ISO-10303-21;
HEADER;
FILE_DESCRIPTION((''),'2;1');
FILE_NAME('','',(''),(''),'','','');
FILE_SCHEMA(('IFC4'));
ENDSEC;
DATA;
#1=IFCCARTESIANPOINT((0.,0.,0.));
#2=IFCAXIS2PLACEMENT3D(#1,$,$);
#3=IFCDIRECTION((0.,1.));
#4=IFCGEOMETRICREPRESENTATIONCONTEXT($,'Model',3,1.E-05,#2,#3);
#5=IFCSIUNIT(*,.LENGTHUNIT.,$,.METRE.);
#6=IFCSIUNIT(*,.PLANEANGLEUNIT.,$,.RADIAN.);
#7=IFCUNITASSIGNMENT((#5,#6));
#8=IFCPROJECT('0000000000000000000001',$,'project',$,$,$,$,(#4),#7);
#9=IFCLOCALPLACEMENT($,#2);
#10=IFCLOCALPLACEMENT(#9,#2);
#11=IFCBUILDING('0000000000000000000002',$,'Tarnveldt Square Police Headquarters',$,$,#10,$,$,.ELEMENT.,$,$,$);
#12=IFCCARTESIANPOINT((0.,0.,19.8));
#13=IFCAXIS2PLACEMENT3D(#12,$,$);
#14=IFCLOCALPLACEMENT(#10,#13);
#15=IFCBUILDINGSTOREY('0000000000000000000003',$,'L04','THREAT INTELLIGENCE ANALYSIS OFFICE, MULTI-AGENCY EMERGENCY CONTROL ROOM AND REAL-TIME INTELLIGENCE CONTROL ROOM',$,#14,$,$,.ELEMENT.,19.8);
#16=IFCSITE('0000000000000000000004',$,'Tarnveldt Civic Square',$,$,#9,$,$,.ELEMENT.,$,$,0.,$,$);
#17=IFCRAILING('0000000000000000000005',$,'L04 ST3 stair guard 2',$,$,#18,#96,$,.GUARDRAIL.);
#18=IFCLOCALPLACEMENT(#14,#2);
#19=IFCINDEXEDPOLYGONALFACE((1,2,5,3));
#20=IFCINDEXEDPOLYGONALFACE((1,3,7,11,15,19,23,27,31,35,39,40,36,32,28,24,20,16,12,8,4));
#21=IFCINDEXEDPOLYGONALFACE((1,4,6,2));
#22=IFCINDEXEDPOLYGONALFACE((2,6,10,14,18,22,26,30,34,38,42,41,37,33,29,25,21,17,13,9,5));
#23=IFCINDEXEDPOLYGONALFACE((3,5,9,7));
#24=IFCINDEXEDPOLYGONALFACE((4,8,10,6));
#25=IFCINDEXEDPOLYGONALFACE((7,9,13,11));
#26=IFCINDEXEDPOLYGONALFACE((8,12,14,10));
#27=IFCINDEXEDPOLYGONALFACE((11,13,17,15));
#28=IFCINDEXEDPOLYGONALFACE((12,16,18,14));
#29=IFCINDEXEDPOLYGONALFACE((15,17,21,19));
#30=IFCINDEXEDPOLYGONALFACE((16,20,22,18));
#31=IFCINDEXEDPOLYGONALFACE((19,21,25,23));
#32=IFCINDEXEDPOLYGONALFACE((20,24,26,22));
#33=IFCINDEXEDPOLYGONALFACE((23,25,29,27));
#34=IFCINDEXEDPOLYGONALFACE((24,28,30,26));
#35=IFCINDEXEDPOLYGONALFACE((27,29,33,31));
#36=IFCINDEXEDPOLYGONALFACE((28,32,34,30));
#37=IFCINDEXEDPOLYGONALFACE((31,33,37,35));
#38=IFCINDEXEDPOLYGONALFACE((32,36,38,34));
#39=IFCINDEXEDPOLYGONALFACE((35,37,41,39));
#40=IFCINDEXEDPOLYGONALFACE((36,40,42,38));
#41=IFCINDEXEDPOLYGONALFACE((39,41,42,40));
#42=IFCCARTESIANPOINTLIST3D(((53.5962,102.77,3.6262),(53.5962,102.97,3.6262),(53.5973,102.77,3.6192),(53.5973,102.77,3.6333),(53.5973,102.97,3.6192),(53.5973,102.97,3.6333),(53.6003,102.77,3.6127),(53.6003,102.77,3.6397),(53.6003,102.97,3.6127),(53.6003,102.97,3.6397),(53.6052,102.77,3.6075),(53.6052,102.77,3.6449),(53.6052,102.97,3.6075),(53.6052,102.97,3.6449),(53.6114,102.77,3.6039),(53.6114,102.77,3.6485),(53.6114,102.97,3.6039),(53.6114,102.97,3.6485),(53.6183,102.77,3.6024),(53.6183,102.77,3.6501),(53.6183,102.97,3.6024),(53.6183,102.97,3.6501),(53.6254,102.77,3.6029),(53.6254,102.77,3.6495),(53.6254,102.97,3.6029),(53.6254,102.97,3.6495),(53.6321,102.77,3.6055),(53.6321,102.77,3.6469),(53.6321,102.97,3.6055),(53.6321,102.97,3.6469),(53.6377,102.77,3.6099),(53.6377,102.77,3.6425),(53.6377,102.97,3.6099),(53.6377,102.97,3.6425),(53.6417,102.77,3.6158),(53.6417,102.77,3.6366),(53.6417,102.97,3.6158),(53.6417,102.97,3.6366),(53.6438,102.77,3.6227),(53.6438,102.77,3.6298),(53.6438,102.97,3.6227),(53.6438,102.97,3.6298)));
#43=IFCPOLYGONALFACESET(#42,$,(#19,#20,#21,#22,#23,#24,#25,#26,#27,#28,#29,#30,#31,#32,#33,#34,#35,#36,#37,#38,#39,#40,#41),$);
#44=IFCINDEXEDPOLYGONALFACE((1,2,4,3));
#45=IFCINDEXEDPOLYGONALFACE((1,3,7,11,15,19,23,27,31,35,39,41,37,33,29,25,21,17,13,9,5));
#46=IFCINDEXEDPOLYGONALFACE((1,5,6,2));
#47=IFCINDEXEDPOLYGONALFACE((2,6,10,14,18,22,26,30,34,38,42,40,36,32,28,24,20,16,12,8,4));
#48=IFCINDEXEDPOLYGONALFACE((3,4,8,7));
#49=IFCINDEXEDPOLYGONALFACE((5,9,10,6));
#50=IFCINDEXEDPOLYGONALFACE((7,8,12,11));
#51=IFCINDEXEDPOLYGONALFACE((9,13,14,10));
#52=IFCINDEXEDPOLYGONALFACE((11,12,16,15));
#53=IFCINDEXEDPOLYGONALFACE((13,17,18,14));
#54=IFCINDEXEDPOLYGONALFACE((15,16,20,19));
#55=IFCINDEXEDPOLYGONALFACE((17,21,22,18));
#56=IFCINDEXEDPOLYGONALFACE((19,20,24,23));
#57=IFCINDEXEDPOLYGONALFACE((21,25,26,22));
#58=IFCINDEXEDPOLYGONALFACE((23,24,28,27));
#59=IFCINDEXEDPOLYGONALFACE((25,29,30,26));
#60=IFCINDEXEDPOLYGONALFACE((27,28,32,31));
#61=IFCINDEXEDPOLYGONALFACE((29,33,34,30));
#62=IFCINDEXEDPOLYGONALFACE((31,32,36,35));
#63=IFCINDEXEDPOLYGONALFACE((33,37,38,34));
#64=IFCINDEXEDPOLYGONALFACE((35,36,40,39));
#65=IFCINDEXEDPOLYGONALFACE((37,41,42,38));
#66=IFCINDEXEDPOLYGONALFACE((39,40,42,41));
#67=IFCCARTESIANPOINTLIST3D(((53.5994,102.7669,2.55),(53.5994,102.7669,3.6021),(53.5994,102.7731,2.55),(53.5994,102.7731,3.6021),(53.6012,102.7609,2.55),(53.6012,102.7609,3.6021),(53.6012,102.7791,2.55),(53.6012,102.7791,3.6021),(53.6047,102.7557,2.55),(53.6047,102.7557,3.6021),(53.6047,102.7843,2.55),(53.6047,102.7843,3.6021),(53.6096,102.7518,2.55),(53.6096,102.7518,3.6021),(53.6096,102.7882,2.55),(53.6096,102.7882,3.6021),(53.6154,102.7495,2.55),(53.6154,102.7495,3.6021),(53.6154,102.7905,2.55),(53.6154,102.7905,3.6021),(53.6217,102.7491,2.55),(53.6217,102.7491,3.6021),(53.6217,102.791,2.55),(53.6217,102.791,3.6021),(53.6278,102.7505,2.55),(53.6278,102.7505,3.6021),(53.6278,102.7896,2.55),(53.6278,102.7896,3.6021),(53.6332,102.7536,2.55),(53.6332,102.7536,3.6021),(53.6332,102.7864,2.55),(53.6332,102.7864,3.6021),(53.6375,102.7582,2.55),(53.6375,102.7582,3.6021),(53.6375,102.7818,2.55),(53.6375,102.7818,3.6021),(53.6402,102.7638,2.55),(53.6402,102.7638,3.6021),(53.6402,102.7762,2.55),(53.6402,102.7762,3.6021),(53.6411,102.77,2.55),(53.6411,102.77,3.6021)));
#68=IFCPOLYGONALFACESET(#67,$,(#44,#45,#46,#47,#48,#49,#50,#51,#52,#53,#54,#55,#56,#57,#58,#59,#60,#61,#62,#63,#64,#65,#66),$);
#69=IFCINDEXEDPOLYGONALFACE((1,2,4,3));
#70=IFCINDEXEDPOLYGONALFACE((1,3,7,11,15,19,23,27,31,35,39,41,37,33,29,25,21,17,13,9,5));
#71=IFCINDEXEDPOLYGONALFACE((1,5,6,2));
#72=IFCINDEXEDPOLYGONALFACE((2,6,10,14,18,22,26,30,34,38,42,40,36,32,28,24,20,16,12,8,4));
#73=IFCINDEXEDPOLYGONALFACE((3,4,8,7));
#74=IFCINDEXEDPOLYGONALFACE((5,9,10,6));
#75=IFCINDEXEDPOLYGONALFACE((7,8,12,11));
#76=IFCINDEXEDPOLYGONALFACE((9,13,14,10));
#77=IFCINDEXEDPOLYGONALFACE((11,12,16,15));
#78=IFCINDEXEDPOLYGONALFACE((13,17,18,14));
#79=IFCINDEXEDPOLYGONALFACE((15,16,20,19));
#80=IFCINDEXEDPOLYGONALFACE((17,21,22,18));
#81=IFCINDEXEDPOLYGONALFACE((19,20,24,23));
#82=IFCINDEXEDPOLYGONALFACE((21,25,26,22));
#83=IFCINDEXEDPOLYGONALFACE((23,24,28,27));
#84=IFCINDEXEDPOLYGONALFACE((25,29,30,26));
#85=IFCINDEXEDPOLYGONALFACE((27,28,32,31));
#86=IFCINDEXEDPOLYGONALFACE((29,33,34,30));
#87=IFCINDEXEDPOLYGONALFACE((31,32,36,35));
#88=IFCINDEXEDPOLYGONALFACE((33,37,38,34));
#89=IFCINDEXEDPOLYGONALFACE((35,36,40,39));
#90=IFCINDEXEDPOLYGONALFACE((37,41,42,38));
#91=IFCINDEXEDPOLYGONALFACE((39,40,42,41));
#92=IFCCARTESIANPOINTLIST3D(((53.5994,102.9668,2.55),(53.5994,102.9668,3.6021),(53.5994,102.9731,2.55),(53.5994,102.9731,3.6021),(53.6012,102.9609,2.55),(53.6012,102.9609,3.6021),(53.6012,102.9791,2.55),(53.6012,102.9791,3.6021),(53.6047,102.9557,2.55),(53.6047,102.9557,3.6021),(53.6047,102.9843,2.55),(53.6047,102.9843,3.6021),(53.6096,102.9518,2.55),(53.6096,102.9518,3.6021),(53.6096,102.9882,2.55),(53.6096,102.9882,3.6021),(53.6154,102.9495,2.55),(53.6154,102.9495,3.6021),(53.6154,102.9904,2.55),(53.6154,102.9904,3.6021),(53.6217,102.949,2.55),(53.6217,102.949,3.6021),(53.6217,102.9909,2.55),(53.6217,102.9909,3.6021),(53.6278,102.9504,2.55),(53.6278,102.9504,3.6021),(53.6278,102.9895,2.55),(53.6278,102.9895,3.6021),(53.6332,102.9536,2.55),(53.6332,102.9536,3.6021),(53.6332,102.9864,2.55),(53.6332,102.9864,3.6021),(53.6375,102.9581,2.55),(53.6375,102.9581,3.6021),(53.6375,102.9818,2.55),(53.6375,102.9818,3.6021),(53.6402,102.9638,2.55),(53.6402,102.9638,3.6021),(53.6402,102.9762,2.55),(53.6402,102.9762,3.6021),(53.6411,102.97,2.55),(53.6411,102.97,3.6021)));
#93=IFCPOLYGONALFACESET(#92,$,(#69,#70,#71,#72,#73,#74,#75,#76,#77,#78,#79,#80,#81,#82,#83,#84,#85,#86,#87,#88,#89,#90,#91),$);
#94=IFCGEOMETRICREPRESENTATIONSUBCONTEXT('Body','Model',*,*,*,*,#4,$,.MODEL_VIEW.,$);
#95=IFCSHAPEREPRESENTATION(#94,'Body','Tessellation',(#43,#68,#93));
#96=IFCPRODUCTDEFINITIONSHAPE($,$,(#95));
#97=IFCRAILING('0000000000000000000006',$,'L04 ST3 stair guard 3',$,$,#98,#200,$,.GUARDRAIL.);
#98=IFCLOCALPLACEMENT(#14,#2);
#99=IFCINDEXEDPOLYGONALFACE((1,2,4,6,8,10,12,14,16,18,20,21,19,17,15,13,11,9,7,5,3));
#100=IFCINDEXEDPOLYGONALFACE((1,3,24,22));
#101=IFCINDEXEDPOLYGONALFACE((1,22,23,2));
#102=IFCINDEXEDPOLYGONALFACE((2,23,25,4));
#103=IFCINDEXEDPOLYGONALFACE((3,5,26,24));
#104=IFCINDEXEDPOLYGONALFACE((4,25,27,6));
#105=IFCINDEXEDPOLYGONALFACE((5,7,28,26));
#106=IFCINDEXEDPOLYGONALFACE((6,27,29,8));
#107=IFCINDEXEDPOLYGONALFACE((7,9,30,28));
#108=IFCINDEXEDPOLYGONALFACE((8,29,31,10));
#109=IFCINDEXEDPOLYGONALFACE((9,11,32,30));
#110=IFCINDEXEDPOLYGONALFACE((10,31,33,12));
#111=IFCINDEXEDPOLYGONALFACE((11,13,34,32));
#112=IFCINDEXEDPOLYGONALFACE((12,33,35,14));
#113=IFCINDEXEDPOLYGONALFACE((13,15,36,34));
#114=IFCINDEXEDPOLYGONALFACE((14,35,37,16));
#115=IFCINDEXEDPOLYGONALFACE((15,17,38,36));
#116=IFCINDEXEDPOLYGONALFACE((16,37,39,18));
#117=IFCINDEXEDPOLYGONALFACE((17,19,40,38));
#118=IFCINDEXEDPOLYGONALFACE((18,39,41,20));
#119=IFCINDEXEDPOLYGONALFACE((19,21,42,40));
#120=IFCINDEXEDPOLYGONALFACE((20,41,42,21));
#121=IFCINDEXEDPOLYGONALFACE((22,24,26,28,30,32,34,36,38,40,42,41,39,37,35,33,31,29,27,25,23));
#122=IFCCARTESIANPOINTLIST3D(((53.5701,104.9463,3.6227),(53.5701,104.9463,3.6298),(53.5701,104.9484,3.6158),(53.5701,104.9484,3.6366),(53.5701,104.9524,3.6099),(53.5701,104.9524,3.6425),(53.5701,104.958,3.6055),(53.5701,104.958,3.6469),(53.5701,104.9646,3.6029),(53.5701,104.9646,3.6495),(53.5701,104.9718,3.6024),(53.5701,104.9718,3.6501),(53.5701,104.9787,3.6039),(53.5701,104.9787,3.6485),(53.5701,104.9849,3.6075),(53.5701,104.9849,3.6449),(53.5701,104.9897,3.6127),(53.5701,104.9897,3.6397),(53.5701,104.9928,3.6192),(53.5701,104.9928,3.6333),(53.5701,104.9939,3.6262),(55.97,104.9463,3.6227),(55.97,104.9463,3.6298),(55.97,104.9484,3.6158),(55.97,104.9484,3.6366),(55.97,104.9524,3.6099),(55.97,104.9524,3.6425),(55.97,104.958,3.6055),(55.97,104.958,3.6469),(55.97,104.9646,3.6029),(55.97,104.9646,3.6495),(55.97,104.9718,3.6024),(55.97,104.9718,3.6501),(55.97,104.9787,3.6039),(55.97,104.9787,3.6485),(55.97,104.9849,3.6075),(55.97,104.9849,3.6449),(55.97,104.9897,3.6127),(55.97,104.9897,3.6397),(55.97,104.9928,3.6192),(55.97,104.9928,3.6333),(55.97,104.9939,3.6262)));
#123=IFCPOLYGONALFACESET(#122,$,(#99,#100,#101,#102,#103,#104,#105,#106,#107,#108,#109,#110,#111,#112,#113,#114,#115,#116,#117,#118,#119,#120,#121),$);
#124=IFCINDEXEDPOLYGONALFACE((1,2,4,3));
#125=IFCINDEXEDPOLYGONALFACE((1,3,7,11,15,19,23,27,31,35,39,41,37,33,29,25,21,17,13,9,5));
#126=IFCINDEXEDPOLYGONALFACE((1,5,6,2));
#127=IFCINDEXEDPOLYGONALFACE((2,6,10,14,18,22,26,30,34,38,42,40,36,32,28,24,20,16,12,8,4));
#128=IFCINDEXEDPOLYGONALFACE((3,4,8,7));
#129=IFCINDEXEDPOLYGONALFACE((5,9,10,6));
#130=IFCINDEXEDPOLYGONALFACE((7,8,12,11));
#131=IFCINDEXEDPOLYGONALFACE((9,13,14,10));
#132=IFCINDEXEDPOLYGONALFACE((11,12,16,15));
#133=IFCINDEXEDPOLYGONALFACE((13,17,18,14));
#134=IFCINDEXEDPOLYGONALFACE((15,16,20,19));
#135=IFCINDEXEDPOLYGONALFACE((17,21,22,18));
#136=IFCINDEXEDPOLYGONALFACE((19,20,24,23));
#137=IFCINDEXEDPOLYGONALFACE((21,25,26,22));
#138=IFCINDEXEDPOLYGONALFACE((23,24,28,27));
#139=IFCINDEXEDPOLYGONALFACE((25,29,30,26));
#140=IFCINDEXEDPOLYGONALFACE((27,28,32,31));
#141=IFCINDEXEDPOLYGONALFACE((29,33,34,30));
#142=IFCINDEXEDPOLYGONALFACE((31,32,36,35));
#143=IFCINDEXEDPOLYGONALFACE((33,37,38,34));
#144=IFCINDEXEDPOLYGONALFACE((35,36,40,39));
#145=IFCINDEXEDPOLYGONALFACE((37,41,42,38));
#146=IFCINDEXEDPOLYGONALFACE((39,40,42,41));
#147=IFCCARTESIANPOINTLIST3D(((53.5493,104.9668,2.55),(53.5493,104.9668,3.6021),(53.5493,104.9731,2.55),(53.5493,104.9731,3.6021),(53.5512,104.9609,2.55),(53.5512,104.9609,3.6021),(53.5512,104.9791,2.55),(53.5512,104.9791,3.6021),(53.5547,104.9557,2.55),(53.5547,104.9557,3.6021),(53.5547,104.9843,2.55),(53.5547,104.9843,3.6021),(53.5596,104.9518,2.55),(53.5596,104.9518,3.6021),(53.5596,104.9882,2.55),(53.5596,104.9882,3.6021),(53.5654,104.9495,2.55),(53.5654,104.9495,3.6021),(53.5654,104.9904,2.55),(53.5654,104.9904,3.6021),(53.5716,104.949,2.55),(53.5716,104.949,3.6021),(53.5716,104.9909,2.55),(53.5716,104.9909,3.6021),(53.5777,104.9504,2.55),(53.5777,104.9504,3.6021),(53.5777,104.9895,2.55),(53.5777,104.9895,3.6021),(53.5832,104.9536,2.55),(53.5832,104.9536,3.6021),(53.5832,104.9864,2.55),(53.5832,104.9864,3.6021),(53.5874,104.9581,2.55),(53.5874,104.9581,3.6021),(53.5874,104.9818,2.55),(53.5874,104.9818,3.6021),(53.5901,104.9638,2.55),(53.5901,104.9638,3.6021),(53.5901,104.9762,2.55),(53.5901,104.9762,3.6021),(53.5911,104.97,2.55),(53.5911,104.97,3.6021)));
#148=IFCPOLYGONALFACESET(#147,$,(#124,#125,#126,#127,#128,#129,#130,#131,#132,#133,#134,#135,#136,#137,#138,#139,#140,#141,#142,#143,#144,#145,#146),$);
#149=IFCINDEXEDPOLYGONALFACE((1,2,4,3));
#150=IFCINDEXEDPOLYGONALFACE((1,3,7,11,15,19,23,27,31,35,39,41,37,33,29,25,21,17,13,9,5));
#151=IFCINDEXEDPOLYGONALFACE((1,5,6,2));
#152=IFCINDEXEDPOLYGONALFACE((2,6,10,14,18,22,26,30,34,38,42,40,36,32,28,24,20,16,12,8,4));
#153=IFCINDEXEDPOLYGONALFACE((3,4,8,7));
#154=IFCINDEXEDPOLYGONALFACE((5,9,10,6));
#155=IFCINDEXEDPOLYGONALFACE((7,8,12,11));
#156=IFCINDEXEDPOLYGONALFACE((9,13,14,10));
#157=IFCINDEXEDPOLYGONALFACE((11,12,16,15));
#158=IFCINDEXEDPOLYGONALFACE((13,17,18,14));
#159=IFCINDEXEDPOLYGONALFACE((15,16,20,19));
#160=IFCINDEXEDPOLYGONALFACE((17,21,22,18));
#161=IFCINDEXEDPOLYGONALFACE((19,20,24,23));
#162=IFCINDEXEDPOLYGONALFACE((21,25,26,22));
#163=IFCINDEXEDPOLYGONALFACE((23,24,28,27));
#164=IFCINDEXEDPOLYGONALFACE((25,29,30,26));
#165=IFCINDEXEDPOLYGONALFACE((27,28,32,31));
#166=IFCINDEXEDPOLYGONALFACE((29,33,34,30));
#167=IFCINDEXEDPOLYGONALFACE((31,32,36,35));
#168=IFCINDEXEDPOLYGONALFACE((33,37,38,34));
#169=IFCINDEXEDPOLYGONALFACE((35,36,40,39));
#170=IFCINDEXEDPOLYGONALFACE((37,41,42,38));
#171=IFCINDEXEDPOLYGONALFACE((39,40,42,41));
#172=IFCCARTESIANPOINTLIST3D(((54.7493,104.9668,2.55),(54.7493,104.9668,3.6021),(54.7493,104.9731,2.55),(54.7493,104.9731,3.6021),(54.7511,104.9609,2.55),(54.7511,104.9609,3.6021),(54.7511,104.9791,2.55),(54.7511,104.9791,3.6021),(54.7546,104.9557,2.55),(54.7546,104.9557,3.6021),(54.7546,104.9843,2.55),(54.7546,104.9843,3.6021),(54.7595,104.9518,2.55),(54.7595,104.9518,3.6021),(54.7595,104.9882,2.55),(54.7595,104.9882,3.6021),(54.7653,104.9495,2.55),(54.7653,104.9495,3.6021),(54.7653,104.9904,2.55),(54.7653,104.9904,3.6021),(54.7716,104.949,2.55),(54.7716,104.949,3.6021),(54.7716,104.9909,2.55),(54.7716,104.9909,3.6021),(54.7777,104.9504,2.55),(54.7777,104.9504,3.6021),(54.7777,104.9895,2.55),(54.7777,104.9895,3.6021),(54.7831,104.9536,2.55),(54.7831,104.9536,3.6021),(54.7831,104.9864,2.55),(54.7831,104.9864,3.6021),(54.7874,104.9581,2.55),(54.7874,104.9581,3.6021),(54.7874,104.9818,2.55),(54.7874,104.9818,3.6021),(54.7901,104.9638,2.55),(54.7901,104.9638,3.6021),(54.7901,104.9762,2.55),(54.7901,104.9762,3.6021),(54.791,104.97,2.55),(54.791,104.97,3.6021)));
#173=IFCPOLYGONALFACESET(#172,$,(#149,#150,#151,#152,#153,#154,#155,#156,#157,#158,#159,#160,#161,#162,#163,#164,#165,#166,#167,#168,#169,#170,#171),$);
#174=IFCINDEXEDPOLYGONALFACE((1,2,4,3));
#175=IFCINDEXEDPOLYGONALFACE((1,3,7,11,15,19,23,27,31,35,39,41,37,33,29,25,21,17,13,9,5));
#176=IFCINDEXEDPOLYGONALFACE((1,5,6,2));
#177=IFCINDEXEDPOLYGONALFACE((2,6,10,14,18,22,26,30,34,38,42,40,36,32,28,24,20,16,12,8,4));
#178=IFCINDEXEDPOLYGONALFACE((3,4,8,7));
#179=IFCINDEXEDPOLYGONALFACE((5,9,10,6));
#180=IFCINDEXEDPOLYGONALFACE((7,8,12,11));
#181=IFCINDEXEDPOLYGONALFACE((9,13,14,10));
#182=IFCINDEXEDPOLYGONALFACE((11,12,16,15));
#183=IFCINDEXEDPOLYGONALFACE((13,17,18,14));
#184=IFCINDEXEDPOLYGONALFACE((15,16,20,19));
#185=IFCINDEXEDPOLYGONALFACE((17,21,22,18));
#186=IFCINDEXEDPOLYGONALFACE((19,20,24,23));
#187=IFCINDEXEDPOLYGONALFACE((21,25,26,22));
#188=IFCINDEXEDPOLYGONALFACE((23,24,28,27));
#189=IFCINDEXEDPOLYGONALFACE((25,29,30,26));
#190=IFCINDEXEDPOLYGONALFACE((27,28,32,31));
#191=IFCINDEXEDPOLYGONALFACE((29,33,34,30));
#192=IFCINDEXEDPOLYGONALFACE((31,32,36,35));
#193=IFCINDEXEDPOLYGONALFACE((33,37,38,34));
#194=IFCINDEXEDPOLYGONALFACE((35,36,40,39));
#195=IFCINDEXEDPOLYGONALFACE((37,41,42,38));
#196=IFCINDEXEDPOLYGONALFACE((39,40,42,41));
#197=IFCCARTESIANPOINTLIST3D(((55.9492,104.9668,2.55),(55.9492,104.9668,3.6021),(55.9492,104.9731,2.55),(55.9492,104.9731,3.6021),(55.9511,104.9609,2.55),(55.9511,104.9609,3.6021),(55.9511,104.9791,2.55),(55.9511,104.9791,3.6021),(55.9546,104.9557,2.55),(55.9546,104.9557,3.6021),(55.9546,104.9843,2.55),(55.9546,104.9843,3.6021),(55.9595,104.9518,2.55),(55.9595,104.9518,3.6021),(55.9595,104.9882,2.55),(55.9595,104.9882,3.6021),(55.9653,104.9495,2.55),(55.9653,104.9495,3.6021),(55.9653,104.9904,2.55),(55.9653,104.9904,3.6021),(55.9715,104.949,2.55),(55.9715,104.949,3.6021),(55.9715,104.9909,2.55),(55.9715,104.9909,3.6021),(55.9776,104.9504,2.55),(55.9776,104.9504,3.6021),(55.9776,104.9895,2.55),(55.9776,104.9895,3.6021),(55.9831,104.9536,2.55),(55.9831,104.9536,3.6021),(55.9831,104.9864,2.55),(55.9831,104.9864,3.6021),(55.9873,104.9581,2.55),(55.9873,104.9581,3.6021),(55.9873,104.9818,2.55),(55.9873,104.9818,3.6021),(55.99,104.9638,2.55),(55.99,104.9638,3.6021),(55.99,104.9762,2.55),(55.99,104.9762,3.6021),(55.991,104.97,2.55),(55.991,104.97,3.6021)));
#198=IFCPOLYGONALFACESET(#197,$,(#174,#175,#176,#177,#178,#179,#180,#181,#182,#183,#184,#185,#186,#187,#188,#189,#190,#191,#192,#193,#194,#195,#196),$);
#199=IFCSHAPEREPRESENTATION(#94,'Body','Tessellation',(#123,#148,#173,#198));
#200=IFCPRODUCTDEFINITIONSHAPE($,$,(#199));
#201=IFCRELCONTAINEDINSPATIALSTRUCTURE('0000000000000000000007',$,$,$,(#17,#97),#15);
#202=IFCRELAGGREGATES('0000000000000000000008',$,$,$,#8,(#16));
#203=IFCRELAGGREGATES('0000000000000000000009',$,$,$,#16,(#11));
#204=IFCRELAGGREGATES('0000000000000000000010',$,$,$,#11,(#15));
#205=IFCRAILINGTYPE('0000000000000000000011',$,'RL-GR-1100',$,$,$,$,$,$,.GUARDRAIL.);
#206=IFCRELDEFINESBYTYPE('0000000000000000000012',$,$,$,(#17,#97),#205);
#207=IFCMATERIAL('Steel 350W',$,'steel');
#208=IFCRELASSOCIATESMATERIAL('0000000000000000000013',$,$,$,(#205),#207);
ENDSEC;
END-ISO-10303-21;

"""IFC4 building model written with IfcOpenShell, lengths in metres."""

from ifc_helpers import new_model, si_unit, direction, frame, origin, origin_2d, place, context, subcontext, project, spatial, circle, extrude, material, type_object, element, save


model = new_model("IFC4")

# Units and contexts
model_context = context("Model", 3, precision=1e-05, world=origin(), true_north=direction((0.0, 1.0)))
body_context = subcontext(model_context, "Body", "Model", "MODEL_VIEW")
ifc_project = project(units=[si_unit("LENGTHUNIT", "METRE"), si_unit("PLANEANGLEUNIT", "RADIAN")], contexts=[model_context])

# Site, building, storey
site_placement = place(None, origin())
site = spatial("IfcSite", under=ifc_project, at=site_placement, Name="Tarnveldt Civic Square", CompositionType="ELEMENT", RefElevation=0.0)
building_placement = place(site_placement, origin())
building = spatial("IfcBuilding", under=site, at=building_placement, Name="Tarnveldt Square Police Headquarters", CompositionType="ELEMENT")
storey_placement = place(building_placement, frame((0.0, 0.0, 19.8)))
storey = spatial("IfcBuildingStorey", under=building, at=storey_placement, Name="L04", Description="THREAT INTELLIGENCE ANALYSIS OFFICE, MULTI-AGENCY EMERGENCY CONTROL ROOM AND REAL-TIME INTELLIGENCE CONTROL ROOM", CompositionType="ELEMENT", Elevation=19.8)

# Shared definitions
ifc_material_1 = material(Name="Steel 350W", Category="steel")

# Railings
railing_type_1 = type_object("IfcRailingType", Name="RL-GR-1100", PredefinedType="GUARDRAIL", material=ifc_material_1)
railing_1_placement = place(storey_placement, frame((53.6201, 102.77, 2.55)))
element("IfcRailing", 1, at=railing_1_placement, inside=storey, type_object=railing_type_1, Name="L04 ST3 stair guard 2", PredefinedType="GUARDRAIL", context=body_context, shape_type="SweptSolid", body=[
    extrude(circle(Radius=0.0239, at=origin_2d()), frame((0.0, 0.0, 1.0762), z_axis=(0.0, 1.0, 0.0), x_axis=(-1.0, 0.0, 0.0)), (0.0, 0.0, 1.0), 0.2),
    extrude(circle(Radius=0.021, at=origin_2d()), origin(), (0.0, 0.0, 1.0), 1.052),
    extrude(circle(Radius=0.021, at=origin_2d()), frame((0.0, 0.2, 0.0)), (0.0, 0.0, 1.0), 1.052),
])
railing_2_placement = place(storey_placement, frame((53.5701, 104.97, 2.55)))
element("IfcRailing", 2, at=railing_2_placement, inside=storey, type_object=railing_type_1, Name="L04 ST3 stair guard 3", PredefinedType="GUARDRAIL", context=body_context, shape_type="SweptSolid", body=[
    extrude(circle(Radius=0.0239, at=origin_2d()), frame((0.0, 0.0, 1.0762), z_axis=(1.0, 0.0, 0.0), x_axis=(0.0, 1.0, 0.0)), (0.0, 0.0, 1.0), 2.3999),
    extrude(circle(Radius=0.021, at=origin_2d()), origin(), (0.0, 0.0, 1.0), 1.052),
    extrude(circle(Radius=0.021, at=origin_2d()), frame((1.2, 0.0, 0.0)), (0.0, 0.0, 1.0), 1.052),
    extrude(circle(Radius=0.021, at=origin_2d()), frame((2.3999, 0.0, 0.0)), (0.0, 0.0, 1.0), 1.052),
])

save(model, "model.ifc")
